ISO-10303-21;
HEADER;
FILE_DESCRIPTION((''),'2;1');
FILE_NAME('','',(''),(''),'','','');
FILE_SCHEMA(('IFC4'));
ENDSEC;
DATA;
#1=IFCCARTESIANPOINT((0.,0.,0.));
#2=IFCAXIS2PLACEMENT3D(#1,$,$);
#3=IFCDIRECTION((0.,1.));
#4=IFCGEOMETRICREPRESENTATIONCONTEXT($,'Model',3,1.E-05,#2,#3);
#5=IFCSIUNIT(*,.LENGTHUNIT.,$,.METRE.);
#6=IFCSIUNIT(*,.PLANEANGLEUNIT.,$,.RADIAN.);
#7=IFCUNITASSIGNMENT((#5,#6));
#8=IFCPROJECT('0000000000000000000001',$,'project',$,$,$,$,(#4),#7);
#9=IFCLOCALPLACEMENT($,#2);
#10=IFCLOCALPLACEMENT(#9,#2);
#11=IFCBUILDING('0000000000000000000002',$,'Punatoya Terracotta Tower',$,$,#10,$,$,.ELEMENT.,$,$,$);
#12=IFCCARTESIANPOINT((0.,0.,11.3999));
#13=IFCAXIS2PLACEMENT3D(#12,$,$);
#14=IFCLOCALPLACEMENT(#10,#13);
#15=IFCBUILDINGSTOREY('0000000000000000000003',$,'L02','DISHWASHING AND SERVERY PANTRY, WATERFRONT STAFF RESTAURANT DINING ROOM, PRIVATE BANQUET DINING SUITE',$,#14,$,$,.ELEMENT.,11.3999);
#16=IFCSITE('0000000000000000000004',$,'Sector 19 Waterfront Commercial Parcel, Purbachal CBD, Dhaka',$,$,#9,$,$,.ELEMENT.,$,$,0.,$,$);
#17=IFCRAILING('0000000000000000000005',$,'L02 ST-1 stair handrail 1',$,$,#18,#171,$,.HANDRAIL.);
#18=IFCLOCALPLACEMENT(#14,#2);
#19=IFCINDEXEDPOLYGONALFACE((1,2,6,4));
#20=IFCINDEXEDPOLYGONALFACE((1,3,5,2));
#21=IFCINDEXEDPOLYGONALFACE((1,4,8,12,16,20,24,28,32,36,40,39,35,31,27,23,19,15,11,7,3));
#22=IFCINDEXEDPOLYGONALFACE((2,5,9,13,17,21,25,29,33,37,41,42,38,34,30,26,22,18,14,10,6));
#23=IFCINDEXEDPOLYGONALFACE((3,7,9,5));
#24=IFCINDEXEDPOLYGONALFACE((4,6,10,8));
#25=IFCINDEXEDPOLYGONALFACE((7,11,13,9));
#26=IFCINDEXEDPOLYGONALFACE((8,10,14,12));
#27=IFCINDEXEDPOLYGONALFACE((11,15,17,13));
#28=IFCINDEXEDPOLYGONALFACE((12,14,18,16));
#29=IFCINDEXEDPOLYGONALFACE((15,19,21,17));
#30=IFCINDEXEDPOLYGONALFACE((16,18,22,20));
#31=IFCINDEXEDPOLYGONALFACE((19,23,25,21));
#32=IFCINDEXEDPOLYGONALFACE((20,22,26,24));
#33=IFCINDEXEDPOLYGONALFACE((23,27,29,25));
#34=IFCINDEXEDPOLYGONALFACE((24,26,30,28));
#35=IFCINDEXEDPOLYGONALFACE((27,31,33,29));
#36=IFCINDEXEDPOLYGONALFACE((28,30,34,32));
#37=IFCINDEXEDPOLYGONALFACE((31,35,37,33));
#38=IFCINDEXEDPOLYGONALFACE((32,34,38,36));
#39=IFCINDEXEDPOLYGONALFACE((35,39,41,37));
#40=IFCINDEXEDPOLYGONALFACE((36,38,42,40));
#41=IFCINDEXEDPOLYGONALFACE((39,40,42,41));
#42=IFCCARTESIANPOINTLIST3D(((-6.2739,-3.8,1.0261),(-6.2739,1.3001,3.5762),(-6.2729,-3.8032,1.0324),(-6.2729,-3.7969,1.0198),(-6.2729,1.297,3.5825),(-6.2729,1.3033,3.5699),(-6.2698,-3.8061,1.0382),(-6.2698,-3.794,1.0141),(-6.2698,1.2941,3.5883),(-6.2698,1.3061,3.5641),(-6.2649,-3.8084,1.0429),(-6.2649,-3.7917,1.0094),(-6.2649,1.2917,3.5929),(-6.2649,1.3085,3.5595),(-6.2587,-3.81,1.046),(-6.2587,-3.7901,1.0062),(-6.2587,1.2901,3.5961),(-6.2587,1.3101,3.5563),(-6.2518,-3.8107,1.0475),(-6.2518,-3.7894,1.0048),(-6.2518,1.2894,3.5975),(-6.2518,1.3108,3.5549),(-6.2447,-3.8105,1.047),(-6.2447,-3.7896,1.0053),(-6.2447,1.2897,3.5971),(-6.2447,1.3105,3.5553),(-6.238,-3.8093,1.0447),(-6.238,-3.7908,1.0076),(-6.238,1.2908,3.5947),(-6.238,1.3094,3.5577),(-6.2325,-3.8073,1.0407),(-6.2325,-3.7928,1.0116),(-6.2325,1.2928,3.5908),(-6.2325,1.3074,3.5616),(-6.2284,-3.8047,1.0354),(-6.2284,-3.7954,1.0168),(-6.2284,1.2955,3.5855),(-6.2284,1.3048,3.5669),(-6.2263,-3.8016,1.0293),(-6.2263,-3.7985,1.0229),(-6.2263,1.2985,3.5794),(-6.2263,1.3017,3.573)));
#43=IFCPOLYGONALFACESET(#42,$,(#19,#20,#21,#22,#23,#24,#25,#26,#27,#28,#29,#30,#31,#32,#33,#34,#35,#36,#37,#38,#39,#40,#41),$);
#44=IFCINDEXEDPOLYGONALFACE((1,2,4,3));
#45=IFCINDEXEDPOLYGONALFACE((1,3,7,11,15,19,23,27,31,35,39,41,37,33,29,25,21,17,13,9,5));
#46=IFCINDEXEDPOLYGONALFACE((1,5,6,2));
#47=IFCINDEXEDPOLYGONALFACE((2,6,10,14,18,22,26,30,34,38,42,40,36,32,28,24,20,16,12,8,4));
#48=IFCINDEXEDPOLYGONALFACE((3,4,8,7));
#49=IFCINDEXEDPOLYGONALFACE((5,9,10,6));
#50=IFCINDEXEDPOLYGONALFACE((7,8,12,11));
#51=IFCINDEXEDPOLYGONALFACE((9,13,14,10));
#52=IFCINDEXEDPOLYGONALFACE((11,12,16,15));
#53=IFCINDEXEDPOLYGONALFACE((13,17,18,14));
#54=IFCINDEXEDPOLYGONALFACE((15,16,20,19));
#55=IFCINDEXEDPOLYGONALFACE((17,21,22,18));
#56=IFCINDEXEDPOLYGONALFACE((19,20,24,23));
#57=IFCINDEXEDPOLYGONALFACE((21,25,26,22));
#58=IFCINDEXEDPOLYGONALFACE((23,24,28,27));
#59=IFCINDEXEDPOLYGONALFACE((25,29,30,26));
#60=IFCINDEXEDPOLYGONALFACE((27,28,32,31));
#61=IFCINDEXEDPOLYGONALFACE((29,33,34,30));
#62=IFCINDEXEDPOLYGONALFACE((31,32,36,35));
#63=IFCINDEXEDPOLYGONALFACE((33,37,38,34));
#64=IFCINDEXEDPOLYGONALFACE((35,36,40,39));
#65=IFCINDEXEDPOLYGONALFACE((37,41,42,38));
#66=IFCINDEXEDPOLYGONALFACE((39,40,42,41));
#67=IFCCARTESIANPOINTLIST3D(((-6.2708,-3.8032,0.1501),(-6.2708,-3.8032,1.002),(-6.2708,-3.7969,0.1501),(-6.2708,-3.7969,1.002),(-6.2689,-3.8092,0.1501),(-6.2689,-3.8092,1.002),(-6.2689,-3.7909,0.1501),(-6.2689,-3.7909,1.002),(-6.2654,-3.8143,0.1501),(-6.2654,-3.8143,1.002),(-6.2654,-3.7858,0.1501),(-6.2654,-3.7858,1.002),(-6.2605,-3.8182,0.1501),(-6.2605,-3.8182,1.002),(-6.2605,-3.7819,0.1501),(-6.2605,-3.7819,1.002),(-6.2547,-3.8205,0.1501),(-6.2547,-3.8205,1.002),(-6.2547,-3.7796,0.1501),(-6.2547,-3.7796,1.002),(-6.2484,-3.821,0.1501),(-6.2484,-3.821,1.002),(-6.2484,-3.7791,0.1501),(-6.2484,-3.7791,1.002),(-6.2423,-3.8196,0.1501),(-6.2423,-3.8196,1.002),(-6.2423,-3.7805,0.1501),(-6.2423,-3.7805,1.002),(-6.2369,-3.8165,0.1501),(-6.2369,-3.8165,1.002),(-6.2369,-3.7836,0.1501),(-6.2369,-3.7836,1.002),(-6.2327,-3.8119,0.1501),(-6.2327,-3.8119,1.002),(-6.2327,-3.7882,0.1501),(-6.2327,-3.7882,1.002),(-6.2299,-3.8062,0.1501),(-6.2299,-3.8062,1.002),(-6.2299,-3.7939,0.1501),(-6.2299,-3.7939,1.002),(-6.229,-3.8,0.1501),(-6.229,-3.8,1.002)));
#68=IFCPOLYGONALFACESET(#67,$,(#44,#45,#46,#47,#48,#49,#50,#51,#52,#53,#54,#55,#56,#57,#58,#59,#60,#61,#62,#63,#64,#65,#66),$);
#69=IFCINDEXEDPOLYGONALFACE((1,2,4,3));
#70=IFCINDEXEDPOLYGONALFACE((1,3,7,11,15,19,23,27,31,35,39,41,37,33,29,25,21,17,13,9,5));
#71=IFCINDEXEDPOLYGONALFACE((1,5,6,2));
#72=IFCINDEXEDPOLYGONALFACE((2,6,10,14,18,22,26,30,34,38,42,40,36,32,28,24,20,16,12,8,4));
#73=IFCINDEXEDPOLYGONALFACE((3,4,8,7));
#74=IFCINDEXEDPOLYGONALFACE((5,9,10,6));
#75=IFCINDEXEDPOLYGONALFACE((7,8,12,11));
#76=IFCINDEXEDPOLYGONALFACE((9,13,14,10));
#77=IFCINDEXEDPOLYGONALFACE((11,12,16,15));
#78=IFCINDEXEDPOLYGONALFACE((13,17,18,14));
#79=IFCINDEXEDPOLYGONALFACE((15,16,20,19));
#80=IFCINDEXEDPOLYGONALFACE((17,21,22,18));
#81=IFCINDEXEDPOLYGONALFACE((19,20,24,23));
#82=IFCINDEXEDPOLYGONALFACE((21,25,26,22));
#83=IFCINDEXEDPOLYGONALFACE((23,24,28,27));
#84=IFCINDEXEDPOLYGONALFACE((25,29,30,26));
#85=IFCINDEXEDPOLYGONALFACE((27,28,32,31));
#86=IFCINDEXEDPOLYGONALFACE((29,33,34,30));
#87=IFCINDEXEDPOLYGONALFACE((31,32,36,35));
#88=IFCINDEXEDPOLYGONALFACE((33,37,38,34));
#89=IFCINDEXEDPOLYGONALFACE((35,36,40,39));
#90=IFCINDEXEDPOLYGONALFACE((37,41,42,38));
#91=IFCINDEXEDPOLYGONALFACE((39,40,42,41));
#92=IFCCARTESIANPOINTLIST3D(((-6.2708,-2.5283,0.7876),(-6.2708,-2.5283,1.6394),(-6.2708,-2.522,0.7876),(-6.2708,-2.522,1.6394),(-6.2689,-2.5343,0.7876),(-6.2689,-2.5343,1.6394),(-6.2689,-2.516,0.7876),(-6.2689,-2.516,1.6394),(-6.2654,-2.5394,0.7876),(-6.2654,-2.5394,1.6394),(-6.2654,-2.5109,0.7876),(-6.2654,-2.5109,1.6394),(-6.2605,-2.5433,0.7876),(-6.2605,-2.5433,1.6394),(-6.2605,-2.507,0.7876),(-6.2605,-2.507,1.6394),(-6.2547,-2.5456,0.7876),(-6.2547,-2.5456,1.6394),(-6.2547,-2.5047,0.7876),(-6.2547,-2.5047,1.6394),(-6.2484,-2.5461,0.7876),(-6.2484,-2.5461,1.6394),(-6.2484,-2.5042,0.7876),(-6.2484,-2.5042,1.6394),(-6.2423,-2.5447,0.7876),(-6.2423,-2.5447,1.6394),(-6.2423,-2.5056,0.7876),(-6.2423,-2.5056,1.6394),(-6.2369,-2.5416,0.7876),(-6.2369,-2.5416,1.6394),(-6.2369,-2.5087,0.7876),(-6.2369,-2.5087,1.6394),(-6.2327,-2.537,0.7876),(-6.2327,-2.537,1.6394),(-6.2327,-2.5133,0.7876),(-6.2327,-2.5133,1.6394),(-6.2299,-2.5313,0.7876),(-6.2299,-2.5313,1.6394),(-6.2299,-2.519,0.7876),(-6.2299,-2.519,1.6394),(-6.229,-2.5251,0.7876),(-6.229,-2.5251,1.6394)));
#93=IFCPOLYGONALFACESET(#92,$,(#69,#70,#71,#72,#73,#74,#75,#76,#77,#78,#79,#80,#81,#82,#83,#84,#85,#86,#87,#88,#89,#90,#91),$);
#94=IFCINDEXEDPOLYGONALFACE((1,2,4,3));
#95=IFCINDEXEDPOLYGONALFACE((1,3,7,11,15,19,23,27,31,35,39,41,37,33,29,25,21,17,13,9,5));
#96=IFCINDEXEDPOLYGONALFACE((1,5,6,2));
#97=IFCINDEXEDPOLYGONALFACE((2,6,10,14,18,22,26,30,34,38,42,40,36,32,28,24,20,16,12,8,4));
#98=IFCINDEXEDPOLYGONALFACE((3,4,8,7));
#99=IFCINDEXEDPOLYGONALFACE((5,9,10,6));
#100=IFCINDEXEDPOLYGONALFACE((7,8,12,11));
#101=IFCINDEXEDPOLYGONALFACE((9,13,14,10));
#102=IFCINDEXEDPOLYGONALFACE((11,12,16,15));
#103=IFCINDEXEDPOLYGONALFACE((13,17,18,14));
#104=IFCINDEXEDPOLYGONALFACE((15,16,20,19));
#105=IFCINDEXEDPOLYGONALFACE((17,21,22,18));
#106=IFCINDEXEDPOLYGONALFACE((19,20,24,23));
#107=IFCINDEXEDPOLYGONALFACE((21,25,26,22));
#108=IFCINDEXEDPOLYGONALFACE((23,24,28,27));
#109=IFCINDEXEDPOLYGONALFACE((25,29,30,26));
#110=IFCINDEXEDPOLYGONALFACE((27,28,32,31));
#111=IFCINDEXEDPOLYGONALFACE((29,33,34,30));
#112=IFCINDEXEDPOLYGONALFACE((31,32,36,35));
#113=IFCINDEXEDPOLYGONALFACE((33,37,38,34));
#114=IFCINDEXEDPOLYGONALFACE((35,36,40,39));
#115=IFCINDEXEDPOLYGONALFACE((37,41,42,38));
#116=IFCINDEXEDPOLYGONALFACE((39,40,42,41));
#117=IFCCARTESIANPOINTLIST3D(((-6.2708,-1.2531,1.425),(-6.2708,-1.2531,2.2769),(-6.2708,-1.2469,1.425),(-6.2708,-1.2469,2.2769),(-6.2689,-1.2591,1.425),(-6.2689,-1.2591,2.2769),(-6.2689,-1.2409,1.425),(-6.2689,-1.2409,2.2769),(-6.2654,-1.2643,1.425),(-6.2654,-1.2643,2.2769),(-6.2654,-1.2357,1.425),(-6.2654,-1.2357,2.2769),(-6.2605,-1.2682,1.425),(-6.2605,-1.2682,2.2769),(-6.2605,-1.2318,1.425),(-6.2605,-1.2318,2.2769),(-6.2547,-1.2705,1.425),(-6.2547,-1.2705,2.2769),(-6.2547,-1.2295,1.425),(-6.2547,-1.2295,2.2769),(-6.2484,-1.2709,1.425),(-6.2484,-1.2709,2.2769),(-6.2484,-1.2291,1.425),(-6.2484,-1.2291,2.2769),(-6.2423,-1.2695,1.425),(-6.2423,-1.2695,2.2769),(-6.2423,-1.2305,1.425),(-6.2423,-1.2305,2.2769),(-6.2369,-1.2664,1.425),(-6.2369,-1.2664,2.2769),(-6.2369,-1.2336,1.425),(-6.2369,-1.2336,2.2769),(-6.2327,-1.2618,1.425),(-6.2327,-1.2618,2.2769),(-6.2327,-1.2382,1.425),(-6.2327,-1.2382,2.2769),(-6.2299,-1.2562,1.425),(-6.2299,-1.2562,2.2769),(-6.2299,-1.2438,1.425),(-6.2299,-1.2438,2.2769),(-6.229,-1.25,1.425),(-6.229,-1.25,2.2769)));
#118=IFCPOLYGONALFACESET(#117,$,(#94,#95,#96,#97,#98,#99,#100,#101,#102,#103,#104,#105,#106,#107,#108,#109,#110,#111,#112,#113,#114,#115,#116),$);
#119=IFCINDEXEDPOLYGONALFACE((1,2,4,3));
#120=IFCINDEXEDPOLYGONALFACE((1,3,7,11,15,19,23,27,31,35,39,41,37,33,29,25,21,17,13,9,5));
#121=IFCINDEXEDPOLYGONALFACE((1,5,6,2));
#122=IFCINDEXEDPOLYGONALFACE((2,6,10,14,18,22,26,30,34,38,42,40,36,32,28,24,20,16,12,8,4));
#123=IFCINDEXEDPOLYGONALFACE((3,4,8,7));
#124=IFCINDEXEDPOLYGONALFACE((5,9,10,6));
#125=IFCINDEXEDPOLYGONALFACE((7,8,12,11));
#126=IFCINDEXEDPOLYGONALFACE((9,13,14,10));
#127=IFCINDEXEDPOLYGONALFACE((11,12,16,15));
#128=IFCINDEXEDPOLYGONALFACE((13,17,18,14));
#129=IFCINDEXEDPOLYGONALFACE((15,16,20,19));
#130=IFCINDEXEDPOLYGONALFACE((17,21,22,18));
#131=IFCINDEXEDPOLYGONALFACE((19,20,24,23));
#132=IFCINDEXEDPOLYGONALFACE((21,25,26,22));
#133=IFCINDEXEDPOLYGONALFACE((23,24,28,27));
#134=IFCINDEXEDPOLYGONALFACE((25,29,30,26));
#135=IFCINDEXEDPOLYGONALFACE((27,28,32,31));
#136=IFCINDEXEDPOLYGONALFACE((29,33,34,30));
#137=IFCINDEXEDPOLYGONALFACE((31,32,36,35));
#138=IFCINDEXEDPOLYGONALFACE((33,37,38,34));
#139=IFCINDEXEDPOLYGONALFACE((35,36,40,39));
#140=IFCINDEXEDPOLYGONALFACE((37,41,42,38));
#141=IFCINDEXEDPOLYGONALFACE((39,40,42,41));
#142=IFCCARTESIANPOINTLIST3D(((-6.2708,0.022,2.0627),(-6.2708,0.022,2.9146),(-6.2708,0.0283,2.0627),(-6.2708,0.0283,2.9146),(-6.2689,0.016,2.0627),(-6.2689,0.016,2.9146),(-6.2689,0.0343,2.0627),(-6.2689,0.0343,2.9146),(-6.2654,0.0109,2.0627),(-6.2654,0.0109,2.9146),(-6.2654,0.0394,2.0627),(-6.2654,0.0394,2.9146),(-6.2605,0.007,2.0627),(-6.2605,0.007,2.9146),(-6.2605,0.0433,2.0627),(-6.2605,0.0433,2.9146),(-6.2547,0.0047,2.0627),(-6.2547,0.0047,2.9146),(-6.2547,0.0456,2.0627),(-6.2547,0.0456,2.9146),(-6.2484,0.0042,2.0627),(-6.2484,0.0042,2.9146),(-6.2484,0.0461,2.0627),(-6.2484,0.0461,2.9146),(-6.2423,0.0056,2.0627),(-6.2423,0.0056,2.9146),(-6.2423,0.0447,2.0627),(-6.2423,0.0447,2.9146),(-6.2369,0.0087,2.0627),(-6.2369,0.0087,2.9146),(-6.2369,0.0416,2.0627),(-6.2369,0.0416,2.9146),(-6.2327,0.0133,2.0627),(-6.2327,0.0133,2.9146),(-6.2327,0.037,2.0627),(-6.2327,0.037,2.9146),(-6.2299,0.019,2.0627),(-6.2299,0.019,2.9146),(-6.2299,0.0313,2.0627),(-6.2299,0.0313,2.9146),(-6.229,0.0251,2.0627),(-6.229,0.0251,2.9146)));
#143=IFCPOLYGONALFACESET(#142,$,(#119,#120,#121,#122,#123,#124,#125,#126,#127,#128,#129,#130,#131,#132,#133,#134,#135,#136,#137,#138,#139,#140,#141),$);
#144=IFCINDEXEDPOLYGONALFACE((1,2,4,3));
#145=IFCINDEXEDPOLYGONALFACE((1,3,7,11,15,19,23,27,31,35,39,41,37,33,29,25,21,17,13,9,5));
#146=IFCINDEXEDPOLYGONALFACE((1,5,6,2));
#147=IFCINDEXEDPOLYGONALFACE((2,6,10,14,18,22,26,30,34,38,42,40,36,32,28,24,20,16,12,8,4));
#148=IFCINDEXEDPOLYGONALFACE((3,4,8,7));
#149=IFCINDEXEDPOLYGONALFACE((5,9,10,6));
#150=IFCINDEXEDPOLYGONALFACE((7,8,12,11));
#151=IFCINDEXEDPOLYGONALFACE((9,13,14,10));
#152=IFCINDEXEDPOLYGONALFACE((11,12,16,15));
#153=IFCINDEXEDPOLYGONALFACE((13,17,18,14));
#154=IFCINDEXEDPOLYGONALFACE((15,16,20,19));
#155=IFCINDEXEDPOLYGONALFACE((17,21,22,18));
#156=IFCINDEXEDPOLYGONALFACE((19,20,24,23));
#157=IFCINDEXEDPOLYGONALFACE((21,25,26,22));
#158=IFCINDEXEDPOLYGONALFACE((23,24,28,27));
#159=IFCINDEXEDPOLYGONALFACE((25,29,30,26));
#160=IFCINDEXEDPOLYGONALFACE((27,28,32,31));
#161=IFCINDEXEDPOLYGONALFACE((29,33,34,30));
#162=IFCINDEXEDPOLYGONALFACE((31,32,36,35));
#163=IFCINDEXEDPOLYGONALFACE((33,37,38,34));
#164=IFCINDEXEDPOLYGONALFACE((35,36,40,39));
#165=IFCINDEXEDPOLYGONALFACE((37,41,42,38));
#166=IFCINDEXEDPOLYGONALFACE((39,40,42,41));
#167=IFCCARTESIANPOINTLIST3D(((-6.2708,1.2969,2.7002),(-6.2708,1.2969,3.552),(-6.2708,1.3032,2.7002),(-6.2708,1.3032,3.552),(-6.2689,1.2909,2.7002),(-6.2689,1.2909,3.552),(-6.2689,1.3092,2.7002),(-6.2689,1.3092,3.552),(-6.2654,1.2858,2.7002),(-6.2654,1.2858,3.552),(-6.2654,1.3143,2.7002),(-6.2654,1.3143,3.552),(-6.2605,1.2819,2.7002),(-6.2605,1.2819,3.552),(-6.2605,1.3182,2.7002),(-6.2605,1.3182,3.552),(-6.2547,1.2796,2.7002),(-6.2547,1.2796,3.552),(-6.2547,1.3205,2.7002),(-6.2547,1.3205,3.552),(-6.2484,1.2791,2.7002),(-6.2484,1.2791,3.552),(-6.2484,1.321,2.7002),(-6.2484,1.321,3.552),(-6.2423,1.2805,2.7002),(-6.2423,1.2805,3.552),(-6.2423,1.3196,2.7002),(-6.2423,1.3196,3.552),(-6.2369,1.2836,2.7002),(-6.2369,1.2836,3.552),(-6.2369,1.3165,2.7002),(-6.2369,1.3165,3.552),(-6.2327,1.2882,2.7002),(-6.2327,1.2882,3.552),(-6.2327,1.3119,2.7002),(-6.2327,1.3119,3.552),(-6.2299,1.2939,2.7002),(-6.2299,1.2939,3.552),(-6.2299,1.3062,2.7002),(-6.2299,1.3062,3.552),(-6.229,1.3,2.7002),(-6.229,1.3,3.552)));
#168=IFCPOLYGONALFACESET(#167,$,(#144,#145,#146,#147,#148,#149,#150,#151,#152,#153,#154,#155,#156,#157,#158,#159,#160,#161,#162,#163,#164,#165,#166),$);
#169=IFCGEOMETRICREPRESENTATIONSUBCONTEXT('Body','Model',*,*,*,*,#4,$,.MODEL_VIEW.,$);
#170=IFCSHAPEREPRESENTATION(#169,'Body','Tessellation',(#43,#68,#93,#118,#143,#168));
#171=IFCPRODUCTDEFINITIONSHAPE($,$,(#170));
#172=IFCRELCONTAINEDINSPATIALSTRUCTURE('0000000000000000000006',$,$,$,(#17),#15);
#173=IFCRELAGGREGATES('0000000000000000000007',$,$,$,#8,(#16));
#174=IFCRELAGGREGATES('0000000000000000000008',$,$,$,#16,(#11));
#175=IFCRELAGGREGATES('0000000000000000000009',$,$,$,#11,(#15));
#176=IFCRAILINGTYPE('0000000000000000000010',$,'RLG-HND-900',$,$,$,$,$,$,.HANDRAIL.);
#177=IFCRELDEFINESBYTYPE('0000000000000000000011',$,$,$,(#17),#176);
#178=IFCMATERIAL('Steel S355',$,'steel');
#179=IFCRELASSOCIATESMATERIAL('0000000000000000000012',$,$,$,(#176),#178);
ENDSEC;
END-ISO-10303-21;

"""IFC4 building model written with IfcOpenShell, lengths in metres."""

from ifc_helpers import new_model, si_unit, direction, frame, origin, origin_2d, place, context, subcontext, project, spatial, circle, extrude, material, type_object, element, save


model = new_model("IFC4")

# Units and contexts
model_context = context("Model", 3, precision=1e-05, world=origin(), true_north=direction((0.0, 1.0)))
body_context = subcontext(model_context, "Body", "Model", "MODEL_VIEW")
ifc_project = project(units=[si_unit("LENGTHUNIT", "METRE"), si_unit("PLANEANGLEUNIT", "RADIAN")], contexts=[model_context])

# Site, building, storey
site_placement = place(None, origin())
site = spatial("IfcSite", under=ifc_project, at=site_placement, Name="Sector 19 Waterfront Commercial Parcel, Purbachal CBD, Dhaka", CompositionType="ELEMENT", RefElevation=0.0)
building_placement = place(site_placement, origin())
building = spatial("IfcBuilding", under=site, at=building_placement, Name="Punatoya Terracotta Tower", CompositionType="ELEMENT")
storey_placement = place(building_placement, frame((0.0, 0.0, 11.3999)))
storey = spatial("IfcBuildingStorey", under=building, at=storey_placement, Name="L02", Description="DISHWASHING AND SERVERY PANTRY, WATERFRONT STAFF RESTAURANT DINING ROOM, PRIVATE BANQUET DINING SUITE", CompositionType="ELEMENT", Elevation=11.3999)

# Shared definitions
ifc_material_1 = material(Name="Steel S355", Category="steel")

# Railing
railing_type_1 = type_object("IfcRailingType", Name="RLG-HND-900", PredefinedType="HANDRAIL", material=ifc_material_1)
railing_1_placement = place(storey_placement, frame((-6.25, -3.8, 0.1501)))
element("IfcRailing", 1, at=railing_1_placement, inside=storey, type_object=railing_type_1, Name="L02 ST-1 stair handrail 1", PredefinedType="HANDRAIL", context=body_context, shape_type="SweptSolid", body=[
    extrude(circle(Radius=0.0239, at=origin_2d()), frame((0.0, 0.0, 0.876), z_axis=(0.0, 0.894427, 0.447214), x_axis=(-1.0, 0.0, 0.0)), (0.0, 0.0, 1.0), 5.7021),
    extrude(circle(Radius=0.021, at=origin_2d()), origin(), (0.0, 0.0, 1.0), 0.8518),
    extrude(circle(Radius=0.021, at=origin_2d()), frame((0.0, 1.2749, 0.6375)), (0.0, 0.0, 1.0), 0.8518),
    extrude(circle(Radius=0.021, at=origin_2d()), frame((0.0, 2.55, 1.2749)), (0.0, 0.0, 1.0), 0.8518),
    extrude(circle(Radius=0.021, at=origin_2d()), frame((0.0, 3.8252, 1.9126)), (0.0, 0.0, 1.0), 0.8518),
    extrude(circle(Radius=0.021, at=origin_2d()), frame((0.0, 5.1001, 2.55)), (0.0, 0.0, 1.0), 0.8518),
])

save(model, "model.ifc")
